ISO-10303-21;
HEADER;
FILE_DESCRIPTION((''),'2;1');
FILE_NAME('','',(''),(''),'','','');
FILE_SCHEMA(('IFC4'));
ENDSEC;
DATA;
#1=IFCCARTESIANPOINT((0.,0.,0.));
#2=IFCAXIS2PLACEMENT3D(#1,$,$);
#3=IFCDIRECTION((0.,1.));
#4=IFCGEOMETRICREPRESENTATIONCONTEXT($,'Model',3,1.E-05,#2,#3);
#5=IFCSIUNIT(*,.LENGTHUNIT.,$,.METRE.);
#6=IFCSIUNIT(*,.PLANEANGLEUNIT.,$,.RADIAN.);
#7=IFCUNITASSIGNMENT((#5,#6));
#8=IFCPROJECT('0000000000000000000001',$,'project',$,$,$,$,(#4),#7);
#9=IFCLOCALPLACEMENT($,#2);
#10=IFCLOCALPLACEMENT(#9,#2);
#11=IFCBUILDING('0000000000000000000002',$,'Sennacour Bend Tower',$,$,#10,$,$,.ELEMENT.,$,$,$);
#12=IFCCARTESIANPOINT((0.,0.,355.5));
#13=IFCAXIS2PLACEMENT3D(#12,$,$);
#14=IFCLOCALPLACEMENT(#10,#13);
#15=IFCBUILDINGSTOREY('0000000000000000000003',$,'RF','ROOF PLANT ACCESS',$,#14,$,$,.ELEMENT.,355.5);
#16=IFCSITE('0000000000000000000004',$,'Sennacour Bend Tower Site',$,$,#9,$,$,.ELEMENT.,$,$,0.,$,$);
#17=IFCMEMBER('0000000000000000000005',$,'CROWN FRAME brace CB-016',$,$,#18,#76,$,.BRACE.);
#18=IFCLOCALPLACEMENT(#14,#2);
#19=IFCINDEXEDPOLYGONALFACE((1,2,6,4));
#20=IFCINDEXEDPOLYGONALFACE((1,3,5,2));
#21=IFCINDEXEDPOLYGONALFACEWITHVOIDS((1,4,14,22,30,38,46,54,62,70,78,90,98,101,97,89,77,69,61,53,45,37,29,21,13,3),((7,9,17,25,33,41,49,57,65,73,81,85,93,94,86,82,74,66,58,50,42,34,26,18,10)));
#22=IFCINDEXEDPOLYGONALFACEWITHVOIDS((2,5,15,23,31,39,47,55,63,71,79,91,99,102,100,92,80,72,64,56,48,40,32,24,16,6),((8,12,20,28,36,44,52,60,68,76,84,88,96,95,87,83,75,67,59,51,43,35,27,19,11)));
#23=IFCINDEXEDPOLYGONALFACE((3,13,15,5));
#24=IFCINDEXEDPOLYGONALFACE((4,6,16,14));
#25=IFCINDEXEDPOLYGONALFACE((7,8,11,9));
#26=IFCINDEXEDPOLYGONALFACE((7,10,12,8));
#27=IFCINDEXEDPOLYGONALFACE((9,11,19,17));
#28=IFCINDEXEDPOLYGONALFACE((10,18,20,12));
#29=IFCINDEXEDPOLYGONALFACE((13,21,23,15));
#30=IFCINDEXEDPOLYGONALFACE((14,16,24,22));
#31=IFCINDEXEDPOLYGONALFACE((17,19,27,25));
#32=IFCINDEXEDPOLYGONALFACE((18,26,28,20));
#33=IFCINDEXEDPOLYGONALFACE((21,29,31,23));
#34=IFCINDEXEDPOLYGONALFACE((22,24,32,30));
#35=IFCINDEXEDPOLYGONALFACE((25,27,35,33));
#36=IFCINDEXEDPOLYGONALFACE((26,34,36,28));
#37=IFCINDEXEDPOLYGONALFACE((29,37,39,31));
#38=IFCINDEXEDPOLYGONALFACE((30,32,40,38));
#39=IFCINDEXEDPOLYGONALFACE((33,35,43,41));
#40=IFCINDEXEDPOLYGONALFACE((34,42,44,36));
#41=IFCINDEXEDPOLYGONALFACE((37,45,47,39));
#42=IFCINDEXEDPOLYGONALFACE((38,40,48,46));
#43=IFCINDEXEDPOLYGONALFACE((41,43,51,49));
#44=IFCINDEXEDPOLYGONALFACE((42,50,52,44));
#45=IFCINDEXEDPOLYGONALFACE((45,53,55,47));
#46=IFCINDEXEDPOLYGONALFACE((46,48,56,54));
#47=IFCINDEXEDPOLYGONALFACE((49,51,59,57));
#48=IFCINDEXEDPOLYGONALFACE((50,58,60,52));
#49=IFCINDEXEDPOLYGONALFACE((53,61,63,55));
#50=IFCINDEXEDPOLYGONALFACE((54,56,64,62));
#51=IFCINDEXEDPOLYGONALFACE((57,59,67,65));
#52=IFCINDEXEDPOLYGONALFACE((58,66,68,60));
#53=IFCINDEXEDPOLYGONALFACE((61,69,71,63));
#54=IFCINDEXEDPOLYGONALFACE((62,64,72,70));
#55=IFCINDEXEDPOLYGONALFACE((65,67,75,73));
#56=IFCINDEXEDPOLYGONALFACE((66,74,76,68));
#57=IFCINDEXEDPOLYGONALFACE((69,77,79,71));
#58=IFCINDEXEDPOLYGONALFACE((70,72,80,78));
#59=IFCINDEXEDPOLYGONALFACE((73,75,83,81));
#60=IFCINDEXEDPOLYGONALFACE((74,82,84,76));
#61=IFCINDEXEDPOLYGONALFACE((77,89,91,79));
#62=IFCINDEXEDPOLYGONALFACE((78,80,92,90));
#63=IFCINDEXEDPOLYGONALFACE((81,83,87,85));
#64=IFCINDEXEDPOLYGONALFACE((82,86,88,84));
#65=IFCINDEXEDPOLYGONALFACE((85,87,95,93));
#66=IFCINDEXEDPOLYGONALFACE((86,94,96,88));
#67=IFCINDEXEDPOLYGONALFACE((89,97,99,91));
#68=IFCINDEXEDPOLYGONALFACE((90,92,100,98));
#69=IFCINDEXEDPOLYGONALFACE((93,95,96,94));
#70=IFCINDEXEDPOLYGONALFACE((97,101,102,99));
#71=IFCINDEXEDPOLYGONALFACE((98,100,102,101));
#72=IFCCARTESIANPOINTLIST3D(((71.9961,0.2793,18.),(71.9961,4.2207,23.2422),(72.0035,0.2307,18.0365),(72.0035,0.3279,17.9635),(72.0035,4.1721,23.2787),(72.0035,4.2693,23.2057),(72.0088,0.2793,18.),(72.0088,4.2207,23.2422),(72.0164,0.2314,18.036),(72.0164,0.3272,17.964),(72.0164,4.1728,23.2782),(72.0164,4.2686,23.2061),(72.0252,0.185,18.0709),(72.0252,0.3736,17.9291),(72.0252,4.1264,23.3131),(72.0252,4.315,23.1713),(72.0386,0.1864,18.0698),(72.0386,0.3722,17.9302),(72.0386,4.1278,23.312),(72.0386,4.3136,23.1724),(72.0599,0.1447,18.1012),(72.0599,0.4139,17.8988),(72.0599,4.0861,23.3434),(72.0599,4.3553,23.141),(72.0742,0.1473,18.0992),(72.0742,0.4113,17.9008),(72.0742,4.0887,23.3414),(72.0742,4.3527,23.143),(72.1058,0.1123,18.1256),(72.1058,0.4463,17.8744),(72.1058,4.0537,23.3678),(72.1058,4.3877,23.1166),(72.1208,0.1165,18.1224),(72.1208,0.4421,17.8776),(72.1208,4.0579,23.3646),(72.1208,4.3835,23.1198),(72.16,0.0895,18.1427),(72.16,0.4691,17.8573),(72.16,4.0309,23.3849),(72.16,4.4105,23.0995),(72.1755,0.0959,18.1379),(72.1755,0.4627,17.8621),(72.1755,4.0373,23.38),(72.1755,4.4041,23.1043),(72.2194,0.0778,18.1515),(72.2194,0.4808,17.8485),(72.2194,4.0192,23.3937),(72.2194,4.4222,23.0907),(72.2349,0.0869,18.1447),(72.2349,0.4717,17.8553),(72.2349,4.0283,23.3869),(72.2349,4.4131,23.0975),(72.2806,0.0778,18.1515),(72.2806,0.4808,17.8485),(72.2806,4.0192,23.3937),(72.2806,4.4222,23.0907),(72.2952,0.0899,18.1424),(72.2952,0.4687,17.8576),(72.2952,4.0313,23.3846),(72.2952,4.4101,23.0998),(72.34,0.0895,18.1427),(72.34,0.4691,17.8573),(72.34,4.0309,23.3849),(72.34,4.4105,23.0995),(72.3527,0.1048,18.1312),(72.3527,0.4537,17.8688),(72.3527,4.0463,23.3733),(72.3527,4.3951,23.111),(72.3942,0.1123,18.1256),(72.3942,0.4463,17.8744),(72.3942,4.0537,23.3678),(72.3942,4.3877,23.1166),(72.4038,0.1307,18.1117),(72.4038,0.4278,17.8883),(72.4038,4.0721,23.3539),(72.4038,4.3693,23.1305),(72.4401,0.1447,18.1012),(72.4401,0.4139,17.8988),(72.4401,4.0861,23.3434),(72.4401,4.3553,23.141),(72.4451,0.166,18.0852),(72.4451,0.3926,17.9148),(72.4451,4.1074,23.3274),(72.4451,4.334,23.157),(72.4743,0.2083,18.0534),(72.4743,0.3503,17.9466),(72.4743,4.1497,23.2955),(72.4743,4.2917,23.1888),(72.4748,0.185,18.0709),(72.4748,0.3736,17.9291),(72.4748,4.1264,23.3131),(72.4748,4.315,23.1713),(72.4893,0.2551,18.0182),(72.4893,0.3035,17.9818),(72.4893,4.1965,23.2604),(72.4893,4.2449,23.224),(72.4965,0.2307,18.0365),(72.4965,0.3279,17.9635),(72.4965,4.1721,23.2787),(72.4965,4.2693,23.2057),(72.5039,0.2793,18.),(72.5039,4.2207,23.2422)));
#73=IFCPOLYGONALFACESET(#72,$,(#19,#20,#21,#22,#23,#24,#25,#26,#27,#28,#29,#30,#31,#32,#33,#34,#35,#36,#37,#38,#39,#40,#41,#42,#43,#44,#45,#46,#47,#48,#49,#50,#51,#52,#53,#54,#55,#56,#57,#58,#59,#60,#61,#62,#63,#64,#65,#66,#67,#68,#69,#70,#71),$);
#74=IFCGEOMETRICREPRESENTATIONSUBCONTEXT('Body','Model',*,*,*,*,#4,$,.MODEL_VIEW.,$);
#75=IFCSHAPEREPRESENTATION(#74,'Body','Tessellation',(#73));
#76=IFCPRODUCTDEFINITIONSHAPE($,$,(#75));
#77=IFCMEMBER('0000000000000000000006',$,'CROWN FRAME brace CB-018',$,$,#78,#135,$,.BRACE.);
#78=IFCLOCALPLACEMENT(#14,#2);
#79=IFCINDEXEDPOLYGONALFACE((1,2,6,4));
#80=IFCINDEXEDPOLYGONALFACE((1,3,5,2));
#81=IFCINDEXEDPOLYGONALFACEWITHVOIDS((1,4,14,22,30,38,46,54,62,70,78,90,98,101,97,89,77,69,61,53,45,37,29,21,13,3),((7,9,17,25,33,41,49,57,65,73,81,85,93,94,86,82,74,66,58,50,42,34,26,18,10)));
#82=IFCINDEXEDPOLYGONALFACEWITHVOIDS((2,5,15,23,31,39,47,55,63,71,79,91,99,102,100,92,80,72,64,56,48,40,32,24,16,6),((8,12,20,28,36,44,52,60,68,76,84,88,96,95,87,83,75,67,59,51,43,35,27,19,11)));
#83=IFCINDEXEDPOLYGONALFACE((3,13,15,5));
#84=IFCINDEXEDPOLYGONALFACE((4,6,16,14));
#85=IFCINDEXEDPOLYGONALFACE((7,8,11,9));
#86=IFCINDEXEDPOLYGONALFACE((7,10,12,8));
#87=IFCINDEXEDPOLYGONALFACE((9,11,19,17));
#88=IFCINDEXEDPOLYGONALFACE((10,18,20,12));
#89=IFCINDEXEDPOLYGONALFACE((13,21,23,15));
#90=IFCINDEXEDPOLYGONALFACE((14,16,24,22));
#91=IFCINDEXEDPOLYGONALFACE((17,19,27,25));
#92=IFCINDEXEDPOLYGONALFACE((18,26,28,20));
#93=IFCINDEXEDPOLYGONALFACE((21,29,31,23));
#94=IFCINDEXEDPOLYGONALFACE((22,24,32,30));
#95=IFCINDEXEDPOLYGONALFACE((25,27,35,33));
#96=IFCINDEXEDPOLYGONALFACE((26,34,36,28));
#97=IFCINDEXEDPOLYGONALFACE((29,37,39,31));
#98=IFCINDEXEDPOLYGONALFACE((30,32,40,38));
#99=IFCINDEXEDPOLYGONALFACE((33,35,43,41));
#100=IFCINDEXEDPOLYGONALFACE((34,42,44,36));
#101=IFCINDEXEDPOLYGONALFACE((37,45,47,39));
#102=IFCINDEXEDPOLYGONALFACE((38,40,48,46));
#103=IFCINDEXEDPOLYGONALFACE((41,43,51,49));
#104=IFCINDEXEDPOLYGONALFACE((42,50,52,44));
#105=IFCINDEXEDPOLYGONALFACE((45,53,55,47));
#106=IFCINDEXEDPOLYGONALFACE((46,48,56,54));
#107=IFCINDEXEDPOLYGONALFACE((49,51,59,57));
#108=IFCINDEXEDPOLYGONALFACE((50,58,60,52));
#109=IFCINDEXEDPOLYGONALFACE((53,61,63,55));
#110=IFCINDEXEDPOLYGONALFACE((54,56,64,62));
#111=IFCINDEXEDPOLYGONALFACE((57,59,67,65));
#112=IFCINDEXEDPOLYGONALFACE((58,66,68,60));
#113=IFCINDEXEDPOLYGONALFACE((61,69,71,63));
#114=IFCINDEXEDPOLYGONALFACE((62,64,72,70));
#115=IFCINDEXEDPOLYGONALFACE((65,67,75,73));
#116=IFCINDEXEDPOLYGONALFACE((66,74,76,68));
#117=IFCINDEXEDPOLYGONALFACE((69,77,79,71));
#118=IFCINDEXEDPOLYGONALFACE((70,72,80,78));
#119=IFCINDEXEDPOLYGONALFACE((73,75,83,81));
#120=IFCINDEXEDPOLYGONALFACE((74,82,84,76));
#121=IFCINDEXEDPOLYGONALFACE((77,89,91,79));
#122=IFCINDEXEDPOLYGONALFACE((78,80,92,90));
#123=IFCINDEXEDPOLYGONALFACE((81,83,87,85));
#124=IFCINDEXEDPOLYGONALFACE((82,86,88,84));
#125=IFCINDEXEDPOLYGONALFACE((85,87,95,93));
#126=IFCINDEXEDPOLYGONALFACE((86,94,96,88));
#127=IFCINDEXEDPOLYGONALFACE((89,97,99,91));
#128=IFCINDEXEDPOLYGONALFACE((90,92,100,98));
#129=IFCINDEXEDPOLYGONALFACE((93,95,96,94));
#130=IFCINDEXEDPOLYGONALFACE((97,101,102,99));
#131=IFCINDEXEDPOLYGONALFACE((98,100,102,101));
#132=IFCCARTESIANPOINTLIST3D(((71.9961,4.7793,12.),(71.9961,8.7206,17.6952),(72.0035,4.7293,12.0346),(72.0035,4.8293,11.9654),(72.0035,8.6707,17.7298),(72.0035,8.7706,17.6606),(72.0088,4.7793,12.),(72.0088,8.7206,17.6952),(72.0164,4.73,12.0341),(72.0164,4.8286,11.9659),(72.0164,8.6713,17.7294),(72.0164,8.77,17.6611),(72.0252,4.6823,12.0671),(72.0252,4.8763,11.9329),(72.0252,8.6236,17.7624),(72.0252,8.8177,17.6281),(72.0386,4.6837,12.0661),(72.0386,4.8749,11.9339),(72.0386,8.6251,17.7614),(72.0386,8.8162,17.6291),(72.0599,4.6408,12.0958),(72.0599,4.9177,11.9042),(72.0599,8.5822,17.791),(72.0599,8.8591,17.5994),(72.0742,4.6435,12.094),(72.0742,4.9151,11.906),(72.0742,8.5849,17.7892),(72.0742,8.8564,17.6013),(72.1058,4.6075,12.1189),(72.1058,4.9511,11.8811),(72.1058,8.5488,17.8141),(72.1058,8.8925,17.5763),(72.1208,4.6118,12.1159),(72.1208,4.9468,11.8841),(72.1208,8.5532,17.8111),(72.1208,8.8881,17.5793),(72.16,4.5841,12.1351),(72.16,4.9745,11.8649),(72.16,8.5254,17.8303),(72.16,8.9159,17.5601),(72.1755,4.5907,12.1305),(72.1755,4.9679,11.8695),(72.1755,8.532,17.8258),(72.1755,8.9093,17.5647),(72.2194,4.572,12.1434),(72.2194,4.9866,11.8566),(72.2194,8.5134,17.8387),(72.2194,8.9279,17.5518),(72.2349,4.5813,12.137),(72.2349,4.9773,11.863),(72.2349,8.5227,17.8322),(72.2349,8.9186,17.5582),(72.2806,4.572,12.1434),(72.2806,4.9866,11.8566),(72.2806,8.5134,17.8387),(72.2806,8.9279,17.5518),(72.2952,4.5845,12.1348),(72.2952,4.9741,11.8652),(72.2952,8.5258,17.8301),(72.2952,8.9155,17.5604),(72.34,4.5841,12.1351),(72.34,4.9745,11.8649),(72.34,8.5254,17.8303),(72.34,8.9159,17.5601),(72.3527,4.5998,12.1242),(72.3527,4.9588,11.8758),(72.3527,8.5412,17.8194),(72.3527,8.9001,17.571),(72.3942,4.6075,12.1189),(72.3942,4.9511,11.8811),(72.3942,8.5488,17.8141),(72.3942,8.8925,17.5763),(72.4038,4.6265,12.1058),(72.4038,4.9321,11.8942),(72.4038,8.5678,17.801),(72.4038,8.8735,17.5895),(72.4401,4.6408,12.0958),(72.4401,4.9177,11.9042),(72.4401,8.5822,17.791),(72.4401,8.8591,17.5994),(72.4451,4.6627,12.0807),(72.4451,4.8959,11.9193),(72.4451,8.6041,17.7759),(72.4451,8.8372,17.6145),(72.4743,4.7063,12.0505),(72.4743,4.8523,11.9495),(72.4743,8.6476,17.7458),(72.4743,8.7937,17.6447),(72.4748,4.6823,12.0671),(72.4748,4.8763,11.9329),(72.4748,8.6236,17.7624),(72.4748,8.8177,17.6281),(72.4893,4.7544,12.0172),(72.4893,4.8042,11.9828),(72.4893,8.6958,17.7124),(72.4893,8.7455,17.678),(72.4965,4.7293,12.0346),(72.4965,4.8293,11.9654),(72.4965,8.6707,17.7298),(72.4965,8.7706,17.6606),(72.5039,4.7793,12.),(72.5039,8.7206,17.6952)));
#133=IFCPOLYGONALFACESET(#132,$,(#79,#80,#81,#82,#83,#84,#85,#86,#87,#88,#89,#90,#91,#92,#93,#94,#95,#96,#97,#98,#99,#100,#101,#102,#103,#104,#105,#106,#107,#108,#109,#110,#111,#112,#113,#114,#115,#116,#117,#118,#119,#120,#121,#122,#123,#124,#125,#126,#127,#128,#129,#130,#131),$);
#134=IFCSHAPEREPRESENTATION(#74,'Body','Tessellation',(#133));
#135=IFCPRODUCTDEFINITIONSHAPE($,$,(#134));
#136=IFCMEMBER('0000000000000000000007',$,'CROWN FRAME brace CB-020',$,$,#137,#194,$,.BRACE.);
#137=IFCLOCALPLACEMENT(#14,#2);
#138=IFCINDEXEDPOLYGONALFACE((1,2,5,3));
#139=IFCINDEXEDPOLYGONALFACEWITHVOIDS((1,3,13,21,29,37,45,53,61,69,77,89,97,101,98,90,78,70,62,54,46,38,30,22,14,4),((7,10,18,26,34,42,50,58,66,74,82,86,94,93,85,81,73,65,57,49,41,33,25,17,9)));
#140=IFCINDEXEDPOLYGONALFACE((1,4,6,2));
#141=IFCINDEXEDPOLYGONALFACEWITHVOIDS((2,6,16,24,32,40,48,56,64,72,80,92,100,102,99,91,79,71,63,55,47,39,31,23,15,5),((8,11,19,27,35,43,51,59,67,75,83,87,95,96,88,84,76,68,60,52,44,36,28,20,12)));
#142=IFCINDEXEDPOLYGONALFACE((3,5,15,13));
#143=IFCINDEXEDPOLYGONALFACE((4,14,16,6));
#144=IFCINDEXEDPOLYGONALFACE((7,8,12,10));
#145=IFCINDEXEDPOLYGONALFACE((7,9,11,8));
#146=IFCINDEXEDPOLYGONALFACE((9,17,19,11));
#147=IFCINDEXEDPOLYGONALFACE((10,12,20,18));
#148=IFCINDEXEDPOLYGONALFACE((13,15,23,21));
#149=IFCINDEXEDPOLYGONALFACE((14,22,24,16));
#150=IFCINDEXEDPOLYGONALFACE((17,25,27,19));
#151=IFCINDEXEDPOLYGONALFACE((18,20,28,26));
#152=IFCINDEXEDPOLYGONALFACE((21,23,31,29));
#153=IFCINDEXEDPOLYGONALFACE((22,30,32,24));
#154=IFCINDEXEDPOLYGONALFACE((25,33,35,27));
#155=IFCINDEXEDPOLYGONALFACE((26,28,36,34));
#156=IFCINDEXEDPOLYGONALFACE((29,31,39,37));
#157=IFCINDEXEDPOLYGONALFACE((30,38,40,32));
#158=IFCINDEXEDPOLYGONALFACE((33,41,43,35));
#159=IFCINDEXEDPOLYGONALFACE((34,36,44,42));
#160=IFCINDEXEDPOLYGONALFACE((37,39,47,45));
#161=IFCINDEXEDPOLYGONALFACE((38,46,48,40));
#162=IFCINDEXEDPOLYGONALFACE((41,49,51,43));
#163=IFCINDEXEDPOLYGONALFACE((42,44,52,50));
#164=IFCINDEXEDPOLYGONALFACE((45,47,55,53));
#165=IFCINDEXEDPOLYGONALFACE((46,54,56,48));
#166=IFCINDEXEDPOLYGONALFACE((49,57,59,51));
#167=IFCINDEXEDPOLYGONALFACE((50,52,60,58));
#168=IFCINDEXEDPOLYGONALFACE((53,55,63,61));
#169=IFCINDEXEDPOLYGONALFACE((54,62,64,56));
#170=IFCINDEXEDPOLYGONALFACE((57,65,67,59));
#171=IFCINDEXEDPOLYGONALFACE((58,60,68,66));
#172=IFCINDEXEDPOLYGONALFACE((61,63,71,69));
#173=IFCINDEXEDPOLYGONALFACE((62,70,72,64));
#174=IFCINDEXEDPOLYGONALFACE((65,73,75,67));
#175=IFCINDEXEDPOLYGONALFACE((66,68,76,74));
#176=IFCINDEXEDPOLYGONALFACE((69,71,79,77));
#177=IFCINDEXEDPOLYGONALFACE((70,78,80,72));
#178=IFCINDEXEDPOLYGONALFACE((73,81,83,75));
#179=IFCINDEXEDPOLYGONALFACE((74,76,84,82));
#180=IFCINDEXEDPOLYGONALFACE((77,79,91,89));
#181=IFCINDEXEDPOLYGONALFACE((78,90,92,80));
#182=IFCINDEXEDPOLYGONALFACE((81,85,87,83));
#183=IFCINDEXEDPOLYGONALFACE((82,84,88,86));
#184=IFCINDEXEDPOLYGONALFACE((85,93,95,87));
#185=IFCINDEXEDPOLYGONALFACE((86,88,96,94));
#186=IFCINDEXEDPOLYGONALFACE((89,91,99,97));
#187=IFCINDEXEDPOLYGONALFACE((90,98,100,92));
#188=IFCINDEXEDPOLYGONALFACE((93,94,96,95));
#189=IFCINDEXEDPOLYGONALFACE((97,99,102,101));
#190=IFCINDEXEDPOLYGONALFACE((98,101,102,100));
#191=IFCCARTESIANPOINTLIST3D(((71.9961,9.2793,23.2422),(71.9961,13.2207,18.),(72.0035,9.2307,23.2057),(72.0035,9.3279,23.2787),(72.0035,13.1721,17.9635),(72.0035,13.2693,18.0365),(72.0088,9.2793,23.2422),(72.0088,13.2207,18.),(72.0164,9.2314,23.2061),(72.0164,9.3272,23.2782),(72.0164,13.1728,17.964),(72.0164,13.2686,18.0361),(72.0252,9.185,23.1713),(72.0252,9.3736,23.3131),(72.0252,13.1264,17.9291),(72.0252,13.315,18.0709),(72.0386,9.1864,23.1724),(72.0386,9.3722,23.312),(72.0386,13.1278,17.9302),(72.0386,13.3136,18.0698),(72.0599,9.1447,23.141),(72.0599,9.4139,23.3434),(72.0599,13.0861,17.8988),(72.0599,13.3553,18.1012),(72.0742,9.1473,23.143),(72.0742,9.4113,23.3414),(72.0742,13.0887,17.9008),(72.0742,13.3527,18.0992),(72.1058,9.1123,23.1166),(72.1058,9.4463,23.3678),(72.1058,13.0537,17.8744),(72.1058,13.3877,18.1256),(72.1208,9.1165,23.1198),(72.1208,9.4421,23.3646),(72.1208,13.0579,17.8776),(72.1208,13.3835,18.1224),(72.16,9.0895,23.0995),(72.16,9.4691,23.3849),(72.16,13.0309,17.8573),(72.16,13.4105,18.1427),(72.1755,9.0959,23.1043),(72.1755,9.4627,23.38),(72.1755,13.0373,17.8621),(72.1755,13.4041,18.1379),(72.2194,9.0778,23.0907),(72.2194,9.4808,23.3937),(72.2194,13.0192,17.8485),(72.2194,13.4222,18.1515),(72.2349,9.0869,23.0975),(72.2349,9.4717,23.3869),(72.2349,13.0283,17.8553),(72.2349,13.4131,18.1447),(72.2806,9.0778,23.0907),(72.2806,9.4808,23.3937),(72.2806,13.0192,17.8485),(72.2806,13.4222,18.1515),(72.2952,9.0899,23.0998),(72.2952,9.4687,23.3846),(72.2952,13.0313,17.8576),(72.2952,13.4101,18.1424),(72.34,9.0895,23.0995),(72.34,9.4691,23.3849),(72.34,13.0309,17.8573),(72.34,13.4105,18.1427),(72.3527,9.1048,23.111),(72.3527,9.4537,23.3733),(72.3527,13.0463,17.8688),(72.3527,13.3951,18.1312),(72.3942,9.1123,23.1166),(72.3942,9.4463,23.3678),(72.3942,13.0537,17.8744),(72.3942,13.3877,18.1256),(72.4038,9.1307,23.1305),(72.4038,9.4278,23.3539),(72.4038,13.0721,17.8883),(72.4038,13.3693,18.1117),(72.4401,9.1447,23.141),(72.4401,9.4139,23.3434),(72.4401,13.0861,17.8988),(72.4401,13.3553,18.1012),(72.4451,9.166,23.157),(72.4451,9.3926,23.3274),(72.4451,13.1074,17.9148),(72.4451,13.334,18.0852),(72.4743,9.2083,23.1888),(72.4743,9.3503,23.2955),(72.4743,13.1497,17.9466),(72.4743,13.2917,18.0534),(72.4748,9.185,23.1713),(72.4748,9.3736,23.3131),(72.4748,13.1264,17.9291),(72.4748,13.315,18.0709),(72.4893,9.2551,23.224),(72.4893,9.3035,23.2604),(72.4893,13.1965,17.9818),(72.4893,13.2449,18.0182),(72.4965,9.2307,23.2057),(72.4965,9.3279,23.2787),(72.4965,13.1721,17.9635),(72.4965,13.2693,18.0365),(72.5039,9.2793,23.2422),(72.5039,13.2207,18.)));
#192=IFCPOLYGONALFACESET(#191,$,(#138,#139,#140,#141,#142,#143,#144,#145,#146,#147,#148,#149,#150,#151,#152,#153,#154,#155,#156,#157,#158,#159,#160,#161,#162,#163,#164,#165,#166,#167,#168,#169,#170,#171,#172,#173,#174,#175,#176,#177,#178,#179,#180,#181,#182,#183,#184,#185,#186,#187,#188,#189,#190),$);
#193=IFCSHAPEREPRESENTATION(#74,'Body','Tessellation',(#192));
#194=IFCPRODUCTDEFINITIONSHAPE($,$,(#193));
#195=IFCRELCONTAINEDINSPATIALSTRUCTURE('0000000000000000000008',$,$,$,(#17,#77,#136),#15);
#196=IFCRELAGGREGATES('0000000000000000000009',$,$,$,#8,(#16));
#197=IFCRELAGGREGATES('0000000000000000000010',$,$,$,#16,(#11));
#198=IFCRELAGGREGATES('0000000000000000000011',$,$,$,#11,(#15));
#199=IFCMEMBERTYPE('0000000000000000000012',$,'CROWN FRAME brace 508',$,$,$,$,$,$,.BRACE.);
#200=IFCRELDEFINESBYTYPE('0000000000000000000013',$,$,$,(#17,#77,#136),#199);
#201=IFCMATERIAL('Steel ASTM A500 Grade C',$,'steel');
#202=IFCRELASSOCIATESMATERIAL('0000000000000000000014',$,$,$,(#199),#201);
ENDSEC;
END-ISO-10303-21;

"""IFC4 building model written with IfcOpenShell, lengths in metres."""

from ifc_helpers import new_model, si_unit, direction, frame, origin, origin_2d, place, context, subcontext, project, spatial, hollow_circle, extrude, material, material_profile, profile_set, type_object, element, save


model = new_model("IFC4")

# Units and contexts
model_context = context("Model", 3, precision=1e-05, world=origin(), true_north=direction((0.0, 1.0)))
body_context = subcontext(model_context, "Body", "Model", "MODEL_VIEW")
ifc_project = project(units=[si_unit("LENGTHUNIT", "METRE"), si_unit("PLANEANGLEUNIT", "RADIAN")], contexts=[model_context])

# Site, building, storey
site_placement = place(None, origin())
site = spatial("IfcSite", under=ifc_project, at=site_placement, Name="Sennacour Bend Tower Site", CompositionType="ELEMENT", RefElevation=0.0)
building_placement = place(site_placement, origin())
building = spatial("IfcBuilding", under=site, at=building_placement, Name="Sennacour Bend Tower", CompositionType="ELEMENT")
storey_placement = place(building_placement, frame((0.0, 0.0, 355.5)))
storey = spatial("IfcBuildingStorey", under=building, at=storey_placement, Name="RF", Description="ROOF PLANT ACCESS", CompositionType="ELEMENT", Elevation=355.5)

# Members
ifc_material_1 = material(Name="Steel ASTM A500 Grade C", Category="steel")
ifc_material_profile_1 = material_profile(ifc_material_1, hollow_circle(Radius=0.2539, WallThickness=0.0127, at=origin_2d()), Name="Steel ASTM A500 Grade C", Category="steel")
ifc_profile_set_1 = profile_set([ifc_material_profile_1], Name="Steel ASTM A500 Grade C")
member_type_1 = type_object("IfcMemberType", Name="CROWN FRAME brace 508", PredefinedType="BRACE", material=ifc_profile_set_1)
member_1_placement = place(storey_placement, frame((72.25, 0.2793, 18.0), z_axis=(0.0, 0.600953, 0.799285), x_axis=(-1.0, 0.0, 0.0)))
element("IfcMember", 1, at=member_1_placement, inside=storey, type_object=member_type_1, Name="CROWN FRAME brace CB-016", PredefinedType="BRACE", context=body_context, shape_type="SweptSolid", body=[
    extrude(hollow_circle(Radius=0.2539, WallThickness=0.0127, at=origin_2d()), origin(), (0.0, 0.0, 1.0), 6.5586),
])
member_2_placement = place(storey_placement, frame((72.25, 4.7793, 12.0), z_axis=(0.0, 0.569063, 0.822294), x_axis=(-1.0, 0.0, 0.0)))
element("IfcMember", 2, at=member_2_placement, inside=storey, type_object=member_type_1, Name="CROWN FRAME brace CB-018", PredefinedType="BRACE", context=body_context, shape_type="SweptSolid", body=[
    extrude(hollow_circle(Radius=0.2539, WallThickness=0.0127, at=origin_2d()), origin(), (0.0, 0.0, 1.0), 6.926),
])
member_3_placement = place(storey_placement, frame((72.25, 9.2793, 23.2422), z_axis=(0.0, 0.600953, -0.799285), x_axis=(-1.0, 0.0, 0.0)))
element("IfcMember", 3, at=member_3_placement, inside=storey, type_object=member_type_1, Name="CROWN FRAME brace CB-020", PredefinedType="BRACE", context=body_context, shape_type="SweptSolid", body=[
    extrude(hollow_circle(Radius=0.2539, WallThickness=0.0127, at=origin_2d()), origin(), (0.0, 0.0, 1.0), 6.5586),
])

save(model, "model.ifc")
